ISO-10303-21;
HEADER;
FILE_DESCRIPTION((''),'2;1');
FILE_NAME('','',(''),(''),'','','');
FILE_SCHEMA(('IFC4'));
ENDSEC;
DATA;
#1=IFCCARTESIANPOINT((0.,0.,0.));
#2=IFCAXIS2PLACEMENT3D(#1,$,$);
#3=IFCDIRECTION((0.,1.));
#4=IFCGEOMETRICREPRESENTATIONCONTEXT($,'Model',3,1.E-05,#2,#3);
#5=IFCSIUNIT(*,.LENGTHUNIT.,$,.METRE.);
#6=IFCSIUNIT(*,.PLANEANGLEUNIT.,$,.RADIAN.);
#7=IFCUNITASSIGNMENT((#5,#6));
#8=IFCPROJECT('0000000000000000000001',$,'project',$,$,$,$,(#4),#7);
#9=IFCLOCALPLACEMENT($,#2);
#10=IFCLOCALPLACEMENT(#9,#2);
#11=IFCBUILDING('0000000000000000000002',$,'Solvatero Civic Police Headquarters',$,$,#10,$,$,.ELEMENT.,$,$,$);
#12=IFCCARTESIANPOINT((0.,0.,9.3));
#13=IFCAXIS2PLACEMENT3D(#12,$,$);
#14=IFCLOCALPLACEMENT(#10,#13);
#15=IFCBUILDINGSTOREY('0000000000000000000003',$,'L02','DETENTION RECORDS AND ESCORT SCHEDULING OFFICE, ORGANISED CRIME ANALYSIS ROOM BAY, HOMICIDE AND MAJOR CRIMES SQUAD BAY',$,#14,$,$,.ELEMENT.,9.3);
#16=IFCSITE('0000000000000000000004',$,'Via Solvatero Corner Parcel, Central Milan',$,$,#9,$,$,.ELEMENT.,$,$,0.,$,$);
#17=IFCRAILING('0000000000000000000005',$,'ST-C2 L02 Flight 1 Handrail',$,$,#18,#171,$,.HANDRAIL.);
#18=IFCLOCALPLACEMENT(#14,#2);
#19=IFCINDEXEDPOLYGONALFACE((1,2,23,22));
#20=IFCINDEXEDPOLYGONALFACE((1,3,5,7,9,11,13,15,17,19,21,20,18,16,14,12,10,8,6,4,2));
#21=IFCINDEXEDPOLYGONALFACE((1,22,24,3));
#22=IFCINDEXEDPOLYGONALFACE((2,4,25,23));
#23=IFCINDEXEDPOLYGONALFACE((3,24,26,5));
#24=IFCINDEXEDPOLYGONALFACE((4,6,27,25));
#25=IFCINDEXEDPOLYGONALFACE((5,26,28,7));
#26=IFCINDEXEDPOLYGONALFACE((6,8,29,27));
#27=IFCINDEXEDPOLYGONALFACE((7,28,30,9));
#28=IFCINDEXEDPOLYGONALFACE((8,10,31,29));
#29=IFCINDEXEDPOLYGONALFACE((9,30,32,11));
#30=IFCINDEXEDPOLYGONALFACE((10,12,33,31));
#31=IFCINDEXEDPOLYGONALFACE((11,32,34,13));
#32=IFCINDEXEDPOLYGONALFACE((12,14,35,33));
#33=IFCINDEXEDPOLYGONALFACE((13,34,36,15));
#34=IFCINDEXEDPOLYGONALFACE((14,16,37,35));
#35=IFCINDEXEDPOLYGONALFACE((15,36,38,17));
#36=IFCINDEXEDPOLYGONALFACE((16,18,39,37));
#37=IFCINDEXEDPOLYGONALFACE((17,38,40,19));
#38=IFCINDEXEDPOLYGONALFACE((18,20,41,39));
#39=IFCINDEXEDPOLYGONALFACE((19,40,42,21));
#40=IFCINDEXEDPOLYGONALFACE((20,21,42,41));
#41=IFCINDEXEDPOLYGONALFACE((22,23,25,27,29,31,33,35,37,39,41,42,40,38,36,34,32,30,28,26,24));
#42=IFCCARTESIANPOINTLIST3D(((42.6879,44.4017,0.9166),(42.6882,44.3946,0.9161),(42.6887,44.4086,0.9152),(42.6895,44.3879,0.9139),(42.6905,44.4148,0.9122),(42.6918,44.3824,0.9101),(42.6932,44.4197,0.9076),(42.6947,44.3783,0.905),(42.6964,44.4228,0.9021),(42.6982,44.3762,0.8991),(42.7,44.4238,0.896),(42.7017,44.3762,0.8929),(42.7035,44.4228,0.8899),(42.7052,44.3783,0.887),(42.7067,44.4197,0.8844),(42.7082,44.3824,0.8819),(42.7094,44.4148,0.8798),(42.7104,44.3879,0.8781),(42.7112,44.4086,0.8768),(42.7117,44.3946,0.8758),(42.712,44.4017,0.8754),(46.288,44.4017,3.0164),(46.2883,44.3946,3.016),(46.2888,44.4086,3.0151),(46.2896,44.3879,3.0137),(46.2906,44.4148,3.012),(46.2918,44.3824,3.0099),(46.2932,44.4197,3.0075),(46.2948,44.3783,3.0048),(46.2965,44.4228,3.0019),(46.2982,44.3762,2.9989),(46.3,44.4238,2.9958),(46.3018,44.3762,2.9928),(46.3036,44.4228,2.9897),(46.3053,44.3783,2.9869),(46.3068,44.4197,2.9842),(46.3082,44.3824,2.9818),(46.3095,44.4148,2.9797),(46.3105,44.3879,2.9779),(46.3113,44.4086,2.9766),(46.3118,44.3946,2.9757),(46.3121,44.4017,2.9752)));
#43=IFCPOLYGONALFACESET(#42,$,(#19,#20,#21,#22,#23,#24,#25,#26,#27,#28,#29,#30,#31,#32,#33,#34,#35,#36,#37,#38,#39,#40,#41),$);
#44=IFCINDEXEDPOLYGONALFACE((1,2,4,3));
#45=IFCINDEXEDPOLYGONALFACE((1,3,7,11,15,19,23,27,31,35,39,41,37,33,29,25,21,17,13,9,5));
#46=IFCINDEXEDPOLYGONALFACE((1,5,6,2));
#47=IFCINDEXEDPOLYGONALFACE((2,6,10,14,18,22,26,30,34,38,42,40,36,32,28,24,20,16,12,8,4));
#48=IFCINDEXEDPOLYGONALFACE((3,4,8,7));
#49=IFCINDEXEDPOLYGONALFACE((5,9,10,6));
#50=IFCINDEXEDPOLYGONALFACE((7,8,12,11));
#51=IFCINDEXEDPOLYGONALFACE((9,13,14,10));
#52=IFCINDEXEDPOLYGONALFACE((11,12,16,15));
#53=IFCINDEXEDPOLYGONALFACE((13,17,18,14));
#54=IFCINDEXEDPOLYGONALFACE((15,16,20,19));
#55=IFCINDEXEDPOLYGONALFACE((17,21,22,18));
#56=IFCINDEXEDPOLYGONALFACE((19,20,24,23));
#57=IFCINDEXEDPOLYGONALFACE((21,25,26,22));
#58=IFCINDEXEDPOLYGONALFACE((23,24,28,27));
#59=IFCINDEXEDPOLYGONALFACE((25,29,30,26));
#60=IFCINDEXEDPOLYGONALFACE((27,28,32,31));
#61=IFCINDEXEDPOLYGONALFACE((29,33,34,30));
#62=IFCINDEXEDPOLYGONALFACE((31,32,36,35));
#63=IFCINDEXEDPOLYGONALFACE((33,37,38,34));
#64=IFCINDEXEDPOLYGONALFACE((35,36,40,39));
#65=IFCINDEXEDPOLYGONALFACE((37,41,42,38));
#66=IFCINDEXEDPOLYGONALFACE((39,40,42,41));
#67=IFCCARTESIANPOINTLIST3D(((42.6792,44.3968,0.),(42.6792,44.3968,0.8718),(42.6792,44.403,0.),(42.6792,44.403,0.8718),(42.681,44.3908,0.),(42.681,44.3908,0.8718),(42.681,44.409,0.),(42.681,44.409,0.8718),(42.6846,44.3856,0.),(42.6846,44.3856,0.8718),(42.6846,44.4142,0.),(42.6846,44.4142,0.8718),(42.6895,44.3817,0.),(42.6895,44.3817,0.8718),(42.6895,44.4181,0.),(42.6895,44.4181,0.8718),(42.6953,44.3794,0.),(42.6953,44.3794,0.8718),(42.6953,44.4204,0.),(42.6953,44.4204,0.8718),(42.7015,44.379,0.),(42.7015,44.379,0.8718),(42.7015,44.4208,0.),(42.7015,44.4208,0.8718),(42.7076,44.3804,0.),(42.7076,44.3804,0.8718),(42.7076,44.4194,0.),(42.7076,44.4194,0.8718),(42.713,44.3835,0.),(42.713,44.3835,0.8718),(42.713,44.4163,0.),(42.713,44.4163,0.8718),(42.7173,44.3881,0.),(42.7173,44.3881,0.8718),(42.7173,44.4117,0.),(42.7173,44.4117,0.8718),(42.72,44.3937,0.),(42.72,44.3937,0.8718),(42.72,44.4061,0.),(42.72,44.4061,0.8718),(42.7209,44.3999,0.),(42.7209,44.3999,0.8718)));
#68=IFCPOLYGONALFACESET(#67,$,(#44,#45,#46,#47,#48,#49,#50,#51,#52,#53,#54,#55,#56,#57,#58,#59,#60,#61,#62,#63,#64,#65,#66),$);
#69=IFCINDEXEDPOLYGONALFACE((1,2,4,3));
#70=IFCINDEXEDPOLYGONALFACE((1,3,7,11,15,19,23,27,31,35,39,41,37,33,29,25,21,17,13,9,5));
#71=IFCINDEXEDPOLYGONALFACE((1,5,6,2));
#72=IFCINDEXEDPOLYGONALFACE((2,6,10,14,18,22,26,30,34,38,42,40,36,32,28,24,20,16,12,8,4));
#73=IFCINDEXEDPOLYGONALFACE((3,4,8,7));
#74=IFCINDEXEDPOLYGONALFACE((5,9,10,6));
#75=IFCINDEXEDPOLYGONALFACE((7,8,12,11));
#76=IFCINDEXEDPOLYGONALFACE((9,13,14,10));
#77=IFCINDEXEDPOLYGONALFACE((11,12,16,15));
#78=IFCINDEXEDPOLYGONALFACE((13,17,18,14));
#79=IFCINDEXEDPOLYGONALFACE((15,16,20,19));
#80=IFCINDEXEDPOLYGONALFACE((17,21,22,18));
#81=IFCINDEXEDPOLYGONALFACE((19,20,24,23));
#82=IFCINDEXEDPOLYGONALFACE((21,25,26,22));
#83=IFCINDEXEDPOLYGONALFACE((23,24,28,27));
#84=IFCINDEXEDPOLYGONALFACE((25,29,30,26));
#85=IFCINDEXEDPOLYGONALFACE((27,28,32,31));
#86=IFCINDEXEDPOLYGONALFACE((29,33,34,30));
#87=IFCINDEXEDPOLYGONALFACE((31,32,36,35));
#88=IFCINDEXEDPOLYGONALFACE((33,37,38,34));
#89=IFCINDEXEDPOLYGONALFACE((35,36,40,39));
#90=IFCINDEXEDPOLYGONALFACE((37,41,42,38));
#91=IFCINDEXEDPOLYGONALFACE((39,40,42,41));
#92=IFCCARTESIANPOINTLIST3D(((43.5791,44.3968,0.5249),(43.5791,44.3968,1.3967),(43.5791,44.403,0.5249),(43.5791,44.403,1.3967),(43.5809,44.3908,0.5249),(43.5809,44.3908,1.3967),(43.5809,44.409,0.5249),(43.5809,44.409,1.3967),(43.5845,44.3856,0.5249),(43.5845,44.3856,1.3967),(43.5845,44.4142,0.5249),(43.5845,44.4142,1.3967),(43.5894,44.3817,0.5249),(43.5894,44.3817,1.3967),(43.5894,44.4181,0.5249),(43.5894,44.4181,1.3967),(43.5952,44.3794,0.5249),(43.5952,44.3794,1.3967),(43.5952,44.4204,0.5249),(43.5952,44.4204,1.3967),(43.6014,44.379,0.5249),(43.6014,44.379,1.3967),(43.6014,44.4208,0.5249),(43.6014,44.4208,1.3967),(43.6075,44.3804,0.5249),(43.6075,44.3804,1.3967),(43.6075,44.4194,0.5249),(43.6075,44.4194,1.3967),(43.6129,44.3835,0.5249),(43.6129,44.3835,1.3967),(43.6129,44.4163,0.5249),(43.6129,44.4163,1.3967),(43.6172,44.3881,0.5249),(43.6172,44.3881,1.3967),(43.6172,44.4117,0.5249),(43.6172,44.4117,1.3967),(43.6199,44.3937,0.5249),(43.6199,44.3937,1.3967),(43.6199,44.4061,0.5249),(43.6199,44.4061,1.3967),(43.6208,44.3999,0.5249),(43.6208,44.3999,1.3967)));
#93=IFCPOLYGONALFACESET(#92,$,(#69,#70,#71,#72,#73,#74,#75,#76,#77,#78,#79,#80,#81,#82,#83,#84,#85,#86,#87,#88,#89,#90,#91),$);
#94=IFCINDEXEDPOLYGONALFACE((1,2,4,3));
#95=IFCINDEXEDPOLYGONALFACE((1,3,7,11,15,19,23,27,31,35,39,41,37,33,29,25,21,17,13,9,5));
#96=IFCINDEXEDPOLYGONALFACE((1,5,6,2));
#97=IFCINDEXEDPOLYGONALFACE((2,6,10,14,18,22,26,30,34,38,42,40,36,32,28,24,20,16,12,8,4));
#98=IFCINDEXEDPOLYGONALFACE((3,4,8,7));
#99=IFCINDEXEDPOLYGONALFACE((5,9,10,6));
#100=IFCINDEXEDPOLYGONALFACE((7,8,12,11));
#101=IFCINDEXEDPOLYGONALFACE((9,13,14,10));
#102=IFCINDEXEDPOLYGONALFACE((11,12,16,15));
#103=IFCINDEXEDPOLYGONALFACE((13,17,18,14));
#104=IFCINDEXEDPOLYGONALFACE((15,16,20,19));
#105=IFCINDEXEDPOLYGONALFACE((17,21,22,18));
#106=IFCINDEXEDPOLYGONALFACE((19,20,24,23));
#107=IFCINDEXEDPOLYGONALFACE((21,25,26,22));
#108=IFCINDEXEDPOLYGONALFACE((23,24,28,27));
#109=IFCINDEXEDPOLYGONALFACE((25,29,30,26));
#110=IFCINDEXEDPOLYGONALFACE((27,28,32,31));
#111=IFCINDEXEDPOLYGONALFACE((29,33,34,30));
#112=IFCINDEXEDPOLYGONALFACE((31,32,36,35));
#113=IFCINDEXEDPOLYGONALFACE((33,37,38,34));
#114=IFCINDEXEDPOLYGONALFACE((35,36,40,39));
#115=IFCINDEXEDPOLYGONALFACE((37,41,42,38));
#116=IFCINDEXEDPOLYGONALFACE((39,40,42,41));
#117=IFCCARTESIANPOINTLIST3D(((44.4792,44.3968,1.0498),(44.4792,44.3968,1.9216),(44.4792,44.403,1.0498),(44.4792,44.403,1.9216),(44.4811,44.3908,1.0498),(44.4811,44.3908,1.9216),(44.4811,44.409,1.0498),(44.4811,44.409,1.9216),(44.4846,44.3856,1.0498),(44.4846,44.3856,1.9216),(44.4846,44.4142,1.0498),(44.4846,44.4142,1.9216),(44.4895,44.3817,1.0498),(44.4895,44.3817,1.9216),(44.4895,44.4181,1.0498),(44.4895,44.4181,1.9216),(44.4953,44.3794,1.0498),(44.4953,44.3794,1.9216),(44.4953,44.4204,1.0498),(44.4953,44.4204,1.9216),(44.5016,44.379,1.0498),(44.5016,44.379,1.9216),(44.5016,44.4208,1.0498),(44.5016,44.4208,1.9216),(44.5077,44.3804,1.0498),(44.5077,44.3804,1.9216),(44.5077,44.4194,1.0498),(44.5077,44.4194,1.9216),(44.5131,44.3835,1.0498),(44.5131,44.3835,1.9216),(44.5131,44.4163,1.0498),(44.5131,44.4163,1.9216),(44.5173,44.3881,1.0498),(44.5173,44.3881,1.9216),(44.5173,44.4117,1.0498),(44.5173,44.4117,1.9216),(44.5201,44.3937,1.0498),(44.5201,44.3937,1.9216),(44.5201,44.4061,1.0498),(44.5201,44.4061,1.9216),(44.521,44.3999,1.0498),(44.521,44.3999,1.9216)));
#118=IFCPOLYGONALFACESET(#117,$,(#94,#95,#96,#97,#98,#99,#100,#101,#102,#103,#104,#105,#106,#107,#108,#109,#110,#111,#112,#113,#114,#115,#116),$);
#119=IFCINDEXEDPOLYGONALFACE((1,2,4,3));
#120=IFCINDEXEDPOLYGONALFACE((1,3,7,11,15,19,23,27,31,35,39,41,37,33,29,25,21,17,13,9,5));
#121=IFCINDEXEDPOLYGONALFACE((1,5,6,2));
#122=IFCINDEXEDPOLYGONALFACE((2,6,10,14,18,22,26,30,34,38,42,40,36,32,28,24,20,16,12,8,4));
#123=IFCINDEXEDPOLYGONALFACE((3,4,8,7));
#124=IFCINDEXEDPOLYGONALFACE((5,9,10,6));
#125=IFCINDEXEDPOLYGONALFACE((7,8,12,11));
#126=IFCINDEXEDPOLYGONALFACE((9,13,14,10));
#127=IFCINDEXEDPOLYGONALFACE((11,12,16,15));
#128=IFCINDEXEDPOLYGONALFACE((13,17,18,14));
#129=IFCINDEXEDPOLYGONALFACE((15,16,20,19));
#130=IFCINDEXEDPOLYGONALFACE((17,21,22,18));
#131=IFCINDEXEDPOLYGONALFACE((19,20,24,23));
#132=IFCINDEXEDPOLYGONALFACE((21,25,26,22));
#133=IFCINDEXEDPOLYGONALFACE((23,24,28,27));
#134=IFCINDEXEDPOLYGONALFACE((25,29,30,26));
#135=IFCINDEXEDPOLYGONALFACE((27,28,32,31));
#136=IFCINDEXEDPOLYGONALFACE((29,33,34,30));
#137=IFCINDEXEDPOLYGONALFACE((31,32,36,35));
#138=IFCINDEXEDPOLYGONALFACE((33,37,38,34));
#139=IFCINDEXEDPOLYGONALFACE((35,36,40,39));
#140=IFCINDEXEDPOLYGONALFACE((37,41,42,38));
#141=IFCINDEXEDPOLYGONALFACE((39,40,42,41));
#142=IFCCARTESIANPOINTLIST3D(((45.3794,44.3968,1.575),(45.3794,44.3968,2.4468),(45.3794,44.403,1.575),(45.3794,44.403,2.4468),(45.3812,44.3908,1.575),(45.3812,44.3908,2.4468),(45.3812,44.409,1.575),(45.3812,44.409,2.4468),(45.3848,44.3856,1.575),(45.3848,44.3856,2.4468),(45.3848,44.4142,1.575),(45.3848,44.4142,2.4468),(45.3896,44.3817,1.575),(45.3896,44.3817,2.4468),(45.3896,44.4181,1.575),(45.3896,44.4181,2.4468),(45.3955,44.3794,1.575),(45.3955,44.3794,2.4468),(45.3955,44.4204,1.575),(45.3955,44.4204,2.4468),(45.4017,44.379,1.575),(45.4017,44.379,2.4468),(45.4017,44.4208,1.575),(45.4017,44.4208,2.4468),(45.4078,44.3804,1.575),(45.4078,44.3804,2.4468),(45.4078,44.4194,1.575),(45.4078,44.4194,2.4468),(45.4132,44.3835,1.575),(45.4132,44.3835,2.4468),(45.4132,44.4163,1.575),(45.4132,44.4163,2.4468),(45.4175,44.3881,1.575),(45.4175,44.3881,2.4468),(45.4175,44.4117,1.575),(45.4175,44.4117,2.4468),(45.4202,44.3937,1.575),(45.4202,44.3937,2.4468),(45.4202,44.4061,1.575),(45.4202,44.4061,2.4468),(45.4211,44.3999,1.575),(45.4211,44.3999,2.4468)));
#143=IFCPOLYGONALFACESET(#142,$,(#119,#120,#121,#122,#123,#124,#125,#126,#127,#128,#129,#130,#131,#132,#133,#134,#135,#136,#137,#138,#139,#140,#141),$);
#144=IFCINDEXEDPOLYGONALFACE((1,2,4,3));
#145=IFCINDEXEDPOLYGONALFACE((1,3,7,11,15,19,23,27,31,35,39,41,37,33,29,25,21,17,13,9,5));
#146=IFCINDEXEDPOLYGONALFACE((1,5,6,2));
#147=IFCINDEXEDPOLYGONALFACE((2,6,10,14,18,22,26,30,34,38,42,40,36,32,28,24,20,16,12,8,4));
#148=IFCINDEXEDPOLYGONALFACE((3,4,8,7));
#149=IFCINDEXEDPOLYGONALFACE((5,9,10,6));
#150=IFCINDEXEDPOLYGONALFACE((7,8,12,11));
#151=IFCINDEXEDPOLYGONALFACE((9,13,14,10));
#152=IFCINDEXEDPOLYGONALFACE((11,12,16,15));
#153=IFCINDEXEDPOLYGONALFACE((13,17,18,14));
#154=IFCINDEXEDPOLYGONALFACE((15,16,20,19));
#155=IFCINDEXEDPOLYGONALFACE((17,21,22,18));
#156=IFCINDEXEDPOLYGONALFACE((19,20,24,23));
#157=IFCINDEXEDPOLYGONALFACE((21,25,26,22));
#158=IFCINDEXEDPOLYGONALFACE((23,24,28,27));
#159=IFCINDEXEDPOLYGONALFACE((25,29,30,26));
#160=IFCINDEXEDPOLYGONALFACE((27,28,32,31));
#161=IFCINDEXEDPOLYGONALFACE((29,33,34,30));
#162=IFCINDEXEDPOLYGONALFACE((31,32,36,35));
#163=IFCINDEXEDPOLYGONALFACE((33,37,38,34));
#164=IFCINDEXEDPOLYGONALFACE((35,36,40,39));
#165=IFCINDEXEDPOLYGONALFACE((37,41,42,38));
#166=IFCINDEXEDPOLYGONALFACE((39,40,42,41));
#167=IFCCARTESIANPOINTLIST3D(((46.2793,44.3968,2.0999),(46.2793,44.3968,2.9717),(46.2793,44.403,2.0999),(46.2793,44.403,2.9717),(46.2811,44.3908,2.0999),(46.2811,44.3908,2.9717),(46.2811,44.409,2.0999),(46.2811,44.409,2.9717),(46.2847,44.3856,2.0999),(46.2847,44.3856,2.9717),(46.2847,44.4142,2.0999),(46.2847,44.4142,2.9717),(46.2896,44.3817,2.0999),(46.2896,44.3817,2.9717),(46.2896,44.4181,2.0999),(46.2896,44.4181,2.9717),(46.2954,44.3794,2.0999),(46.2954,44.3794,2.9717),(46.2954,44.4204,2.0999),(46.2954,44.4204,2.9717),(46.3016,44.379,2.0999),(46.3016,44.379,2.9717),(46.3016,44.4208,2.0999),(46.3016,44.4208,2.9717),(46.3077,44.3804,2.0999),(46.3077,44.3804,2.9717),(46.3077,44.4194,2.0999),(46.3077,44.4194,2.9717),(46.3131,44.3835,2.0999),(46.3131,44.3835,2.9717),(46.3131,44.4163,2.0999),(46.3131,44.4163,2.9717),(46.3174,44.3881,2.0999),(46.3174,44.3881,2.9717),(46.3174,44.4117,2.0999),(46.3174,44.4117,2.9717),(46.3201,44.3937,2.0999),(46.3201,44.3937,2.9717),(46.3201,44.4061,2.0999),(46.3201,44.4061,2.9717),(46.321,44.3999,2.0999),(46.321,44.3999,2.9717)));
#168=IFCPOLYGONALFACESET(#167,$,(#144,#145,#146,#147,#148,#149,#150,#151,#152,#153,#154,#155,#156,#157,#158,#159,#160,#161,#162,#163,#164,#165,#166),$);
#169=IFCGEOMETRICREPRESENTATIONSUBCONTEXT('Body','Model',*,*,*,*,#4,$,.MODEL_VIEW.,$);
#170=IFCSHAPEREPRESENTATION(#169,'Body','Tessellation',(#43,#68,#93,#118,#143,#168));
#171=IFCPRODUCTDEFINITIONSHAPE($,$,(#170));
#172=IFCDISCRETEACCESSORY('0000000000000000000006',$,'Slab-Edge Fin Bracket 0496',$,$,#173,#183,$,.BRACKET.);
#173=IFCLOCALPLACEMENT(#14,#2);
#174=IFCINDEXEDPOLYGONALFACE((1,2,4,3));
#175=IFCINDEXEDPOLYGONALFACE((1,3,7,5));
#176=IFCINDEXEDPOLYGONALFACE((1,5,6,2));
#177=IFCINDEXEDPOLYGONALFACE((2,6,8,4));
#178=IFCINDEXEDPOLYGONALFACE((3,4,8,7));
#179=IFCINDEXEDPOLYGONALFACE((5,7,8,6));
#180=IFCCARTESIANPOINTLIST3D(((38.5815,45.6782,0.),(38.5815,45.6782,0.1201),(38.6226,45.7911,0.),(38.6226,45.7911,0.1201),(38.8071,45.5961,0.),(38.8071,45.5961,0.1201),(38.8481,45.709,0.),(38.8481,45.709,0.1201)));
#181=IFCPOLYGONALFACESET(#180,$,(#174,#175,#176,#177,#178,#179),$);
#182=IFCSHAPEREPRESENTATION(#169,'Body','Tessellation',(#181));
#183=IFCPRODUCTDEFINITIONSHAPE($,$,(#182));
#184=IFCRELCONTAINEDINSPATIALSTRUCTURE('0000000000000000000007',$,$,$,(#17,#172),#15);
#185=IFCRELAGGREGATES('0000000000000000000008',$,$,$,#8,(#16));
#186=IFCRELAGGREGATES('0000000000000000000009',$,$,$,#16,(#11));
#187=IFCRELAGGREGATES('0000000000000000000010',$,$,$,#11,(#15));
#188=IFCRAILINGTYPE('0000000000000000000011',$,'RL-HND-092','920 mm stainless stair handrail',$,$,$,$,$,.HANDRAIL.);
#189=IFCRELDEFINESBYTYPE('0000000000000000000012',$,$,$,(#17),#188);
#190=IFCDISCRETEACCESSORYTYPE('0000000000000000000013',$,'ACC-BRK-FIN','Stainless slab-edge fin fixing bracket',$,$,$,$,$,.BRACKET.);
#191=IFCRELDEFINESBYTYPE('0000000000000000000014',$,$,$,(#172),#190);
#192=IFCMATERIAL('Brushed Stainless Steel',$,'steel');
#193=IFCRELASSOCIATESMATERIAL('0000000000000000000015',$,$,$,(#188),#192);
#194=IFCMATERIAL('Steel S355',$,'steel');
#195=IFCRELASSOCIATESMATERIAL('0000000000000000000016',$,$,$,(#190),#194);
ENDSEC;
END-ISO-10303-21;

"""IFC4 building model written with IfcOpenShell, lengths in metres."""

from ifc_helpers import new_model, si_unit, direction, frame, origin, origin_2d, place, context, subcontext, project, spatial, rectangle, circle, extrude, material, type_object, element, save


model = new_model("IFC4")

# Units and contexts
model_context = context("Model", 3, precision=1e-05, world=origin(), true_north=direction((0.0, 1.0)))
body_context = subcontext(model_context, "Body", "Model", "MODEL_VIEW")
ifc_project = project(units=[si_unit("LENGTHUNIT", "METRE"), si_unit("PLANEANGLEUNIT", "RADIAN")], contexts=[model_context])

# Site, building, storey
site_placement = place(None, origin())
site = spatial("IfcSite", under=ifc_project, at=site_placement, Name="Via Solvatero Corner Parcel, Central Milan", CompositionType="ELEMENT", RefElevation=0.0)
building_placement = place(site_placement, origin())
building = spatial("IfcBuilding", under=site, at=building_placement, Name="Solvatero Civic Police Headquarters", CompositionType="ELEMENT")
storey_placement = place(building_placement, frame((0.0, 0.0, 9.3)))
storey = spatial("IfcBuildingStorey", under=building, at=storey_placement, Name="L02", Description="DETENTION RECORDS AND ESCORT SCHEDULING OFFICE, ORGANISED CRIME ANALYSIS ROOM BAY, HOMICIDE AND MAJOR CRIMES SQUAD BAY", CompositionType="ELEMENT", Elevation=9.3)

# Shared definitions
ifc_material_1 = material(Name="Steel S355", Category="steel")

# Railing
ifc_material_2 = material(Name="Brushed Stainless Steel", Category="steel")
railing_type_1 = type_object("IfcRailingType", Name="RL-HND-092", Description="920 mm stainless stair handrail", PredefinedType="HANDRAIL", material=ifc_material_2)
railing_1_placement = place(storey_placement, frame((42.7, 44.3999, 0.0)))
element("IfcRailing", 1, at=railing_1_placement, inside=storey, type_object=railing_type_1, Name="ST-C2 L02 Flight 1 Handrail", PredefinedType="HANDRAIL", context=body_context, shape_type="SweptSolid", body=[
    extrude(circle(Radius=0.0239, at=origin_2d()), frame((0.0, 0.0, 0.896), z_axis=(0.8638, 0.0, 0.503835), x_axis=(0.0, 1.0, 0.0)), (0.0, 0.0, 1.0), 4.1677),
    extrude(circle(Radius=0.021, at=origin_2d()), origin(), (0.0, 0.0, 1.0), 0.8718),
    extrude(circle(Radius=0.021, at=origin_2d()), frame((0.8999, 0.0, 0.5249)), (0.0, 0.0, 1.0), 0.8718),
    extrude(circle(Radius=0.021, at=origin_2d()), frame((1.8, 0.0, 1.0498)), (0.0, 0.0, 1.0), 0.8718),
    extrude(circle(Radius=0.021, at=origin_2d()), frame((2.7002, 0.0, 1.575)), (0.0, 0.0, 1.0), 0.8718),
    extrude(circle(Radius=0.021, at=origin_2d()), frame((3.6001, 0.0, 2.0999)), (0.0, 0.0, 1.0), 0.8718),
])

# Discrete accessory
discrete_accessory_type = type_object("IfcDiscreteAccessoryType", Name="ACC-BRK-FIN", Description="Stainless slab-edge fin fixing bracket", PredefinedType="BRACKET", material=ifc_material_1)
discrete_accessory_placement = place(storey_placement, frame((38.7148, 45.6936, 0.0), z_axis=(0.0, 0.0, 1.0), x_axis=(-0.34202, -0.939693, 0.0)))
element("IfcDiscreteAccessory", 2, at=discrete_accessory_placement, inside=storey, type_object=discrete_accessory_type, Name="Slab-Edge Fin Bracket 0496", PredefinedType="BRACKET", context=body_context, shape_type="SweptSolid", body=[
    extrude(rectangle(XDim=0.1201, YDim=0.24, at=origin_2d()), origin(), (0.0, 0.0, 1.0), 0.1201),
])

save(model, "model.ifc")
